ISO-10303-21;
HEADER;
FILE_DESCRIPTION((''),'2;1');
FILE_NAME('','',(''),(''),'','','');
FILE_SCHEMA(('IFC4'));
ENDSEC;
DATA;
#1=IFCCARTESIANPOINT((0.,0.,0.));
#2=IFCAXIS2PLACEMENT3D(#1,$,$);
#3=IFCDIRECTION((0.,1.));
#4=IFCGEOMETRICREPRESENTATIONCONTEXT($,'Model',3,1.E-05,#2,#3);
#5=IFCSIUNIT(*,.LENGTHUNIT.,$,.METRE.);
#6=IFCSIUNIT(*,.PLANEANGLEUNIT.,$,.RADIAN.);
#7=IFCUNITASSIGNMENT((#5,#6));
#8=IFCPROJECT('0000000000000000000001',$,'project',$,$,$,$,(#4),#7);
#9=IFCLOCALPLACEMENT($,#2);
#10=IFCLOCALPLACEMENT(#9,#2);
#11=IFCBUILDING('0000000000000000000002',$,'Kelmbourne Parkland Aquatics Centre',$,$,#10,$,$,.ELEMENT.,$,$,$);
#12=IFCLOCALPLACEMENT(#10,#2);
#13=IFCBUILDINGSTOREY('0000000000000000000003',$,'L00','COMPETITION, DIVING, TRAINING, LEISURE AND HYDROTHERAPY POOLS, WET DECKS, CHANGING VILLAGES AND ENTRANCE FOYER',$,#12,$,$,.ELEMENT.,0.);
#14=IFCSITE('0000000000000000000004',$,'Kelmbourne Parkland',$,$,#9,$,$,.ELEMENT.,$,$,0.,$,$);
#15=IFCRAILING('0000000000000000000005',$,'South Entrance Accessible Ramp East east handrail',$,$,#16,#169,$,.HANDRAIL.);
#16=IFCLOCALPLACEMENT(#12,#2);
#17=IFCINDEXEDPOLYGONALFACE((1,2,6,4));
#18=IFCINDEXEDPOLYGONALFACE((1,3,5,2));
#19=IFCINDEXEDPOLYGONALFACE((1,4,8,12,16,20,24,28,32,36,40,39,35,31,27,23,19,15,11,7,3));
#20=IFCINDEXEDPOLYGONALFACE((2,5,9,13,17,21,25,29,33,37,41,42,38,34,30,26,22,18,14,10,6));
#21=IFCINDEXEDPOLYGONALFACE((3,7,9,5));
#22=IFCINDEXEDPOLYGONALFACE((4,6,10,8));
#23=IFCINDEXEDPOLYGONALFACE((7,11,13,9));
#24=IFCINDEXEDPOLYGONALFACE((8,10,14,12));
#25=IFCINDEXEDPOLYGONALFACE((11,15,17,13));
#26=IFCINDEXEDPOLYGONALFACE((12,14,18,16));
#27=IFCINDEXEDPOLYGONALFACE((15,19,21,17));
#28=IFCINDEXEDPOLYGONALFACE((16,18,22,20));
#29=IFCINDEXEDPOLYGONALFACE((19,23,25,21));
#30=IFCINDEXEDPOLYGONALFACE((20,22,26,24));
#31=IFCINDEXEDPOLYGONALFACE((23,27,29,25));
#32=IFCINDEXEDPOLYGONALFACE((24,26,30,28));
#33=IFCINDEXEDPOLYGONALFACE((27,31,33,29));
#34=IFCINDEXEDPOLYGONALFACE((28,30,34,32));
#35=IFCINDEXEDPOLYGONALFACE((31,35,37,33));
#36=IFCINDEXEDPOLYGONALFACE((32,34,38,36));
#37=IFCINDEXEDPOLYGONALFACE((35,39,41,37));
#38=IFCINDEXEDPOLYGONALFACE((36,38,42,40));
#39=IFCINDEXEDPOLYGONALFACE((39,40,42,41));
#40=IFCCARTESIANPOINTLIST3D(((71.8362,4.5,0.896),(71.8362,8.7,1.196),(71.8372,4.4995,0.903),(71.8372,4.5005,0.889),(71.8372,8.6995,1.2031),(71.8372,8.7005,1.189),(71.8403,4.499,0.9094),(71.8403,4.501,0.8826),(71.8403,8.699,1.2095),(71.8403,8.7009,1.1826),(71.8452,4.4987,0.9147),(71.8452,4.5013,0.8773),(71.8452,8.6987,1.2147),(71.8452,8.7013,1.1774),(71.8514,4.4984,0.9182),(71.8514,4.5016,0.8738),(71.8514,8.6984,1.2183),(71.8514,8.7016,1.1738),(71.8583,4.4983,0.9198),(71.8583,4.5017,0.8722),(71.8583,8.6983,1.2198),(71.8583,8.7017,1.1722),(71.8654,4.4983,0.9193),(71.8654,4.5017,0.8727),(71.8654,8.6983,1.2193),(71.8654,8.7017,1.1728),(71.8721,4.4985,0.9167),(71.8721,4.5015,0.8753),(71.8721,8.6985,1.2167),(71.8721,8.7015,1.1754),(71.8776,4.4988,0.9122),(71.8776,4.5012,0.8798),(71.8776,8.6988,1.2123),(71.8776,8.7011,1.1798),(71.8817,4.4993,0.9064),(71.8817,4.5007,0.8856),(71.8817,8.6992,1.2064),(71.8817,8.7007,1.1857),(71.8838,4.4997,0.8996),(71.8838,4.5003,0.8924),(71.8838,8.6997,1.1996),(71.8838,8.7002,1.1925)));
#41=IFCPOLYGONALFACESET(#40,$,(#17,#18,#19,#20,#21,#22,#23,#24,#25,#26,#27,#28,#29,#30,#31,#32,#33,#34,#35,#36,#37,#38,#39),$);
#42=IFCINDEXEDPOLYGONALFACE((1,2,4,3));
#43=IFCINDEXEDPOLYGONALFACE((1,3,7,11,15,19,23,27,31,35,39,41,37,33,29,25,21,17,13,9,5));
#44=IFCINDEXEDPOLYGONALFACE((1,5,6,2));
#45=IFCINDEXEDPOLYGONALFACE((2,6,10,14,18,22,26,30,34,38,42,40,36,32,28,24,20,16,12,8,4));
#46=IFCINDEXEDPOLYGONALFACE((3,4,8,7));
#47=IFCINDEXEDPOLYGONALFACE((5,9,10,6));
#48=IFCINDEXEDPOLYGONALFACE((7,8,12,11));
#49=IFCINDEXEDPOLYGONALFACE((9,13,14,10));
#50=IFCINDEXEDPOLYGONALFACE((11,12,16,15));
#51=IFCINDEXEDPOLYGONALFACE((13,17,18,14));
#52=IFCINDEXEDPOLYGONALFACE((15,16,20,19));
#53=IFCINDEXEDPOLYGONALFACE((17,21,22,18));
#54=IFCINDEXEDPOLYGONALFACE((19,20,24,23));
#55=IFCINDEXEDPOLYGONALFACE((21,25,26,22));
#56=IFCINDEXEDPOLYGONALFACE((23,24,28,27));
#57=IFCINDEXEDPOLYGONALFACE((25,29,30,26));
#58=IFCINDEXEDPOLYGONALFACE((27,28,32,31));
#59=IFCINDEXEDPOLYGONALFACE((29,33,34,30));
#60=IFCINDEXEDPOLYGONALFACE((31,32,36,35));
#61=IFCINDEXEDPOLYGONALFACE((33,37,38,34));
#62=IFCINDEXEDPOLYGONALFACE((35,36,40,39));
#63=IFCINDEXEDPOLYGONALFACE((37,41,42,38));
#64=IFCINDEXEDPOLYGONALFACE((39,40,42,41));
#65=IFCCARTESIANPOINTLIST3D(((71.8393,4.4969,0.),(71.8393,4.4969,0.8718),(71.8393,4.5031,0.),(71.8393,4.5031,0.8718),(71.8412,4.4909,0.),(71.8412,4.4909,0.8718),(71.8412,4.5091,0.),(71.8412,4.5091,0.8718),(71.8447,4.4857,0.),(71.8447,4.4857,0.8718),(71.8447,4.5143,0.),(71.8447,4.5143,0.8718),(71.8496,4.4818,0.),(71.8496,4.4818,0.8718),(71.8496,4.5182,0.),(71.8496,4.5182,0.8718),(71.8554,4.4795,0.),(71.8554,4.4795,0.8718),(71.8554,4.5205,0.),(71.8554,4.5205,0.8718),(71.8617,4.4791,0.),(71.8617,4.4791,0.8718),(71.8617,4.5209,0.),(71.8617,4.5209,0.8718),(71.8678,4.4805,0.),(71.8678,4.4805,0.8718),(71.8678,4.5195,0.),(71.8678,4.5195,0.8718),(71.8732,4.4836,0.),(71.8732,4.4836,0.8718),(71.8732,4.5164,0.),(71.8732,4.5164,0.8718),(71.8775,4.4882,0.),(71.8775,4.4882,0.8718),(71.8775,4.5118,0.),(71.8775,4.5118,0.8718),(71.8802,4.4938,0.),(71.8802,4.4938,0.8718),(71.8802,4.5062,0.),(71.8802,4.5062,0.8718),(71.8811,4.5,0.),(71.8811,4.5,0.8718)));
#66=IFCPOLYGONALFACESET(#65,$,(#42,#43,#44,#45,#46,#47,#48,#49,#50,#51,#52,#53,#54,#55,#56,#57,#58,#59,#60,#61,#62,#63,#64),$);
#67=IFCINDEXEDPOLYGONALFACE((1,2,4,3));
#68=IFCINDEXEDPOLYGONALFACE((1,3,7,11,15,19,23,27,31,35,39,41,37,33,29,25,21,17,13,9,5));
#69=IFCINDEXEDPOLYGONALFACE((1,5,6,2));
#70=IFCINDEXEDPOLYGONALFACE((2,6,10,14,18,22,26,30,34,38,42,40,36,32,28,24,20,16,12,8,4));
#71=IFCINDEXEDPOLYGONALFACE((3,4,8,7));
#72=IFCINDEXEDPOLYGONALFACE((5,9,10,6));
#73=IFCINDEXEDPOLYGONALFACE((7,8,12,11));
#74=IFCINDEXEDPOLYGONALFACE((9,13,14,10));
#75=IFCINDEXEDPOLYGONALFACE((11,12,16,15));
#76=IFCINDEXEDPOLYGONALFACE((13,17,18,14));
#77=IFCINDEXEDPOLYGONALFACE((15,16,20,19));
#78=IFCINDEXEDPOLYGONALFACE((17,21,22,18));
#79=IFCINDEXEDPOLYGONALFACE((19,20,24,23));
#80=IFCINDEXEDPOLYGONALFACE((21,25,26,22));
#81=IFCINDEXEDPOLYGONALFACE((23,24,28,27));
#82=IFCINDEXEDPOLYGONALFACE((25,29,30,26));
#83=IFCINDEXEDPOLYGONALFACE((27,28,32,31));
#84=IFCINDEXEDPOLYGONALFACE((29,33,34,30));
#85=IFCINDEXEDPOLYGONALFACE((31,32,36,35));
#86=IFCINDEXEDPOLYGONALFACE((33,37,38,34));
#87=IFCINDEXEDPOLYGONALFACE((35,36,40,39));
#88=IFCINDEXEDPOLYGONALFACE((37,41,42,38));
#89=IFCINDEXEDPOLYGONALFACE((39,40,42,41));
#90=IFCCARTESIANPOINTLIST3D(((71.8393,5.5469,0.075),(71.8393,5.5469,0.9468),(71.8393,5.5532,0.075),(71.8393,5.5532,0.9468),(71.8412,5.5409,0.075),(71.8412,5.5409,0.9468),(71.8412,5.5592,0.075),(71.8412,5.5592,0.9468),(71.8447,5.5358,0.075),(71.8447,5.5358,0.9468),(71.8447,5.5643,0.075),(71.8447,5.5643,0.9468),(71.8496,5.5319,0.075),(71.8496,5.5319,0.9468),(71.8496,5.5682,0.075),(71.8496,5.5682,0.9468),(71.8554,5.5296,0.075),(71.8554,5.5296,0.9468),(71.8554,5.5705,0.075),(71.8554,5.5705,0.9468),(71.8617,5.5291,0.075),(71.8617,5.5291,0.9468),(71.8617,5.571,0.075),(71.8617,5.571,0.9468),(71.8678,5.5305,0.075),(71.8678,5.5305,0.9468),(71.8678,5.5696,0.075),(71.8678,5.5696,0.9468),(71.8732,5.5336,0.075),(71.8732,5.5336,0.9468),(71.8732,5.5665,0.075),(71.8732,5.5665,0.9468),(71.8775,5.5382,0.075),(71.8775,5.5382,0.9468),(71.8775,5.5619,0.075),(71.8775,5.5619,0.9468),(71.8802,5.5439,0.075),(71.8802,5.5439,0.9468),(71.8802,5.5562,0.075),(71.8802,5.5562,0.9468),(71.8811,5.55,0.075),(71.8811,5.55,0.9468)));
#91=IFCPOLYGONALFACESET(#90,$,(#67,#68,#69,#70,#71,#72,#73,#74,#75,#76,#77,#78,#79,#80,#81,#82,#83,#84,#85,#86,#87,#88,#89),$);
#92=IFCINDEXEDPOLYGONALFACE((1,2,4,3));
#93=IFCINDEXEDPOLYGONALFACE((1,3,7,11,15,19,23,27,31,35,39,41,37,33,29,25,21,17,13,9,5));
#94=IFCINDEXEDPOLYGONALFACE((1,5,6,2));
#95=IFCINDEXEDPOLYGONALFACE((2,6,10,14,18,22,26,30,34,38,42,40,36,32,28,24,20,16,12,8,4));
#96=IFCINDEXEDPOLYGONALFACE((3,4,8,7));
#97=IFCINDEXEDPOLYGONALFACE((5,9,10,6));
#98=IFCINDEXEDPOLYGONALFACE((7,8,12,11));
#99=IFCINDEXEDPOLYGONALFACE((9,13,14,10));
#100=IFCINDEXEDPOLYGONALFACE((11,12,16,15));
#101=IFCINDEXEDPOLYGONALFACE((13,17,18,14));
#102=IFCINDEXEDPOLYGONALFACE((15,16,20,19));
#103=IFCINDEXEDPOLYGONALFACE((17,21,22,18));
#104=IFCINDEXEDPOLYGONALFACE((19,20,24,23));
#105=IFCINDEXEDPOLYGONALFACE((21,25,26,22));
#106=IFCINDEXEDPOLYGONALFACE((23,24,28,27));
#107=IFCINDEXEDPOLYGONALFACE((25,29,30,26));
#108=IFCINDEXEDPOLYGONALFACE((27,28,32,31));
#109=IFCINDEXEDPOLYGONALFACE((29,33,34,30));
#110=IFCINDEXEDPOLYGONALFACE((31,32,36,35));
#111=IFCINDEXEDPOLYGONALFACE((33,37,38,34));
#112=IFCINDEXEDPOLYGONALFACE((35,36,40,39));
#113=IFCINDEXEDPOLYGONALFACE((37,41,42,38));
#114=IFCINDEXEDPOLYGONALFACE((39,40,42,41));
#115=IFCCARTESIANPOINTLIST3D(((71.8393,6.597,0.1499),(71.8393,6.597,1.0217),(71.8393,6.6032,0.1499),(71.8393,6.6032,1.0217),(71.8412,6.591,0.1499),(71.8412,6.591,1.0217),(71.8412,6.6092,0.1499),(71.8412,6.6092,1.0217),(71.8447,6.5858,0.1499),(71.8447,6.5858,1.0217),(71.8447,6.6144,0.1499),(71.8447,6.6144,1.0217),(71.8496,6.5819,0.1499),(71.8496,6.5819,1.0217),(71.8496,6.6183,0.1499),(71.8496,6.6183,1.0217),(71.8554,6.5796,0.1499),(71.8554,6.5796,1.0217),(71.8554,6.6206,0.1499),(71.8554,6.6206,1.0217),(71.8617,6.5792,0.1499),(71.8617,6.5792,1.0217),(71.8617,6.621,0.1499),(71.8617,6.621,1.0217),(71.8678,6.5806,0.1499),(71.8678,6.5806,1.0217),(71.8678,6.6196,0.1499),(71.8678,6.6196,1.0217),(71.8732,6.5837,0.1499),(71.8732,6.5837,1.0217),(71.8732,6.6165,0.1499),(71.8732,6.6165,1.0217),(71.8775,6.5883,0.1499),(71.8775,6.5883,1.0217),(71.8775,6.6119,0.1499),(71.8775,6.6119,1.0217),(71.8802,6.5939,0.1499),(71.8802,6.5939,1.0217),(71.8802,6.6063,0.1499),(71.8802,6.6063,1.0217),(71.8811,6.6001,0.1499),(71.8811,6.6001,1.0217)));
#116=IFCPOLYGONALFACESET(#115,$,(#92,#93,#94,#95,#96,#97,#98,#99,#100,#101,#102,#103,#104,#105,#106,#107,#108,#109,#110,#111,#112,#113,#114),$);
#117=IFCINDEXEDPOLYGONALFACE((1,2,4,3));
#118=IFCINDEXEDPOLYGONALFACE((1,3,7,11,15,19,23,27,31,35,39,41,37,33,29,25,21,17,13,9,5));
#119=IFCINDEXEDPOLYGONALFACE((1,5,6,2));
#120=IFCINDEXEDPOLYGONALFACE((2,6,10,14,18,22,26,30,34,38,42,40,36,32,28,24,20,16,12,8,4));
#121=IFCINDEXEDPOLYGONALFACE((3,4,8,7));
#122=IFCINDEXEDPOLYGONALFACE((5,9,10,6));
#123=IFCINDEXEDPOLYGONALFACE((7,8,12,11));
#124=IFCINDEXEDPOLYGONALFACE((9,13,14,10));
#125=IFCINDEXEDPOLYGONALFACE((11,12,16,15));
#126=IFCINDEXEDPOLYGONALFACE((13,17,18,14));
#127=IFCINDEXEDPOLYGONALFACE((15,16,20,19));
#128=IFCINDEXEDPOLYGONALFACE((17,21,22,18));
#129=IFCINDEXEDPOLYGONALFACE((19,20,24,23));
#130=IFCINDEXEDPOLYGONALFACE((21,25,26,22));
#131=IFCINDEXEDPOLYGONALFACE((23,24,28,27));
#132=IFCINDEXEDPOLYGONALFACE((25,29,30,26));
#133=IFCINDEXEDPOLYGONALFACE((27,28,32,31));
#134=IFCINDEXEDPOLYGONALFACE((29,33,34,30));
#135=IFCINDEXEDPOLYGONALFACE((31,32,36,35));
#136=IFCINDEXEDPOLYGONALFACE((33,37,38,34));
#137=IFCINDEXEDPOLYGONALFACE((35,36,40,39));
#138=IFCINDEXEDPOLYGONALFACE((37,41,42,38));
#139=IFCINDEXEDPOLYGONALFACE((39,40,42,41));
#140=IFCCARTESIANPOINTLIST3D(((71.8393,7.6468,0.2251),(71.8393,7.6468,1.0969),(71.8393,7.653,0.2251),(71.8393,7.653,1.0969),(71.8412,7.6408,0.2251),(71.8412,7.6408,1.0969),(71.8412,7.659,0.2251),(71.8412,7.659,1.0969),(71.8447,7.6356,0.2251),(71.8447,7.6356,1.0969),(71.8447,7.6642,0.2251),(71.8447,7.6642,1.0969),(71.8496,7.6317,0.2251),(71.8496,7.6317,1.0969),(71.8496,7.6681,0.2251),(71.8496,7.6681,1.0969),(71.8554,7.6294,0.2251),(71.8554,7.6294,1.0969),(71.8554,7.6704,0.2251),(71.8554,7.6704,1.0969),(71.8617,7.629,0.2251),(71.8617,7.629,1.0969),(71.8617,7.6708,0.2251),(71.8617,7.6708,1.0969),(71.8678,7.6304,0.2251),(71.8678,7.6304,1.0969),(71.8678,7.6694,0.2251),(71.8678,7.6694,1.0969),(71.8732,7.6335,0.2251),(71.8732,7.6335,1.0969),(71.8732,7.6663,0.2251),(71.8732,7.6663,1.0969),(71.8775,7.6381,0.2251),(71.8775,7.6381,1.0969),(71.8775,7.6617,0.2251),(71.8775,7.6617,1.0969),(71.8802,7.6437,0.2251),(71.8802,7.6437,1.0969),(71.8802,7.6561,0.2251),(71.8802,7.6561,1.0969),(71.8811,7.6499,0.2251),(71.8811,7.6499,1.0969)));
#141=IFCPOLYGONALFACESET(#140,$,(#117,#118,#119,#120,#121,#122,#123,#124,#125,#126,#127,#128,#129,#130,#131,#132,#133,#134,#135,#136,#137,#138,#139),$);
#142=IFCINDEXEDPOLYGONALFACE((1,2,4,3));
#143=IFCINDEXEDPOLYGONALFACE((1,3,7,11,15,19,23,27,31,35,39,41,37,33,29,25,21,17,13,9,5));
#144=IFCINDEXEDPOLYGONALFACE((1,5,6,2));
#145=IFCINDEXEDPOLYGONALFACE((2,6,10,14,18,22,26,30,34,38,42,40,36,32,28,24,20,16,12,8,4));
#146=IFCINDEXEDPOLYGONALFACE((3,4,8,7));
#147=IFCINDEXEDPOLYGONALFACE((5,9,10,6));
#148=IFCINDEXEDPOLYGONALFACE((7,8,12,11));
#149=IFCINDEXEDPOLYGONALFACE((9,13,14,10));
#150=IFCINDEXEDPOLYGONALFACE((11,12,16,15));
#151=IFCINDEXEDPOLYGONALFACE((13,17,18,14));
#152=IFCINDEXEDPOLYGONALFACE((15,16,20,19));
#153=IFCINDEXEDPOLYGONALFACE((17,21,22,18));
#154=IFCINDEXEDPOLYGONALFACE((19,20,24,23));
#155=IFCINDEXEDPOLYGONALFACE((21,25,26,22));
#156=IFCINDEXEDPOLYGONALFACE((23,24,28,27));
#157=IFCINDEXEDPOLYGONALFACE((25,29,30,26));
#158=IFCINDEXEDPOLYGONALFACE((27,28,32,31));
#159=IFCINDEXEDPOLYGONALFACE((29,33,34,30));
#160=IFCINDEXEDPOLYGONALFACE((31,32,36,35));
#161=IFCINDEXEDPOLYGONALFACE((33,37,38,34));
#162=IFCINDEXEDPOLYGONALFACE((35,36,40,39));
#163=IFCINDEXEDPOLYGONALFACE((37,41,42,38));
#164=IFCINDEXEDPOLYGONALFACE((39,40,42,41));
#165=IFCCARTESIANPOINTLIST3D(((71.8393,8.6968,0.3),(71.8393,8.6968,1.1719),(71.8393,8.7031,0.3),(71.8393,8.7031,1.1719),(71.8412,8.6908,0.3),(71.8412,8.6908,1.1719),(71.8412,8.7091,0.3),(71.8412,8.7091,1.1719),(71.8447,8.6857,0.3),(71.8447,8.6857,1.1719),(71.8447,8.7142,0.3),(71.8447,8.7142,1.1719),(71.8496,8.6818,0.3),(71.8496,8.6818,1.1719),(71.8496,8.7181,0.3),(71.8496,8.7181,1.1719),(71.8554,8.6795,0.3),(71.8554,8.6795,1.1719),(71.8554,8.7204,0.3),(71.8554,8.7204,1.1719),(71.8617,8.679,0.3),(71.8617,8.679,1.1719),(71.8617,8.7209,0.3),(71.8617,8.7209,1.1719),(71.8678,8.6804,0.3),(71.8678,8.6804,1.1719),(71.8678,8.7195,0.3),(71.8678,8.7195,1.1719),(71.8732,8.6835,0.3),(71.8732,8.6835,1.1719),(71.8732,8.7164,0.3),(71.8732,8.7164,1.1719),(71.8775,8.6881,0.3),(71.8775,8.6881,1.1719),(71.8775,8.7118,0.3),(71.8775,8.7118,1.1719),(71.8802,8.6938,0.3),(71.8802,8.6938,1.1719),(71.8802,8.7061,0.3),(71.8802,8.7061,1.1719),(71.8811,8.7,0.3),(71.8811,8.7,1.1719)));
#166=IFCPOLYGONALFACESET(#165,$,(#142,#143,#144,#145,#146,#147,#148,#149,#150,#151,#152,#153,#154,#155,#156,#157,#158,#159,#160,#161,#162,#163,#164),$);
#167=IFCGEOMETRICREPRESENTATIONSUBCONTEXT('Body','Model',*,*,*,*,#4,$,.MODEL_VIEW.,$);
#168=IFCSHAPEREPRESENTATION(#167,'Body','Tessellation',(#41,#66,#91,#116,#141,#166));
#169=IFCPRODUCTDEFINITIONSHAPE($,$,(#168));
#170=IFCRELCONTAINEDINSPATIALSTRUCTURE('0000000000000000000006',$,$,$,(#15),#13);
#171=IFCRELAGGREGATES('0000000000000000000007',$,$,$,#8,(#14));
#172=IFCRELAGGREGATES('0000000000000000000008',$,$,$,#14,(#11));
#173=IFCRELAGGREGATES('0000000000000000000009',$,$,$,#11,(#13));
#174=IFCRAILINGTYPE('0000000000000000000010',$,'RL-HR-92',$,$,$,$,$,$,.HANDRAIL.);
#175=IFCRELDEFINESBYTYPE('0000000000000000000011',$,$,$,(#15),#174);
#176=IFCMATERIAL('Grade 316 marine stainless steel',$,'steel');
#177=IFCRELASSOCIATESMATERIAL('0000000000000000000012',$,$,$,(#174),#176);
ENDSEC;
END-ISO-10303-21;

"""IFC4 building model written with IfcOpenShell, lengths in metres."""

from ifc_helpers import new_model, si_unit, direction, frame, origin, origin_2d, place, context, subcontext, project, spatial, circle, extrude, material, type_object, element, save


model = new_model("IFC4")

# Units and contexts
model_context = context("Model", 3, precision=1e-05, world=origin(), true_north=direction((0.0, 1.0)))
body_context = subcontext(model_context, "Body", "Model", "MODEL_VIEW")
ifc_project = project(units=[si_unit("LENGTHUNIT", "METRE"), si_unit("PLANEANGLEUNIT", "RADIAN")], contexts=[model_context])

# Site, building, storey
site_placement = place(None, origin())
site = spatial("IfcSite", under=ifc_project, at=site_placement, Name="Kelmbourne Parkland", CompositionType="ELEMENT", RefElevation=0.0)
building_placement = place(site_placement, origin())
building = spatial("IfcBuilding", under=site, at=building_placement, Name="Kelmbourne Parkland Aquatics Centre", CompositionType="ELEMENT")
storey_placement = place(building_placement, origin())
storey = spatial("IfcBuildingStorey", under=building, at=storey_placement, Name="L00", Description="COMPETITION, DIVING, TRAINING, LEISURE AND HYDROTHERAPY POOLS, WET DECKS, CHANGING VILLAGES AND ENTRANCE FOYER", CompositionType="ELEMENT", Elevation=0.0)

# Railing
ifc_material_1 = material(Name="Grade 316 marine stainless steel", Category="steel")
railing_type_1 = type_object("IfcRailingType", Name="RL-HR-92", PredefinedType="HANDRAIL", material=ifc_material_1)
railing_1_placement = place(storey_placement, frame((71.8601, 4.5, 0.0)))
element("IfcRailing", 1, at=railing_1_placement, inside=storey, type_object=railing_type_1, Name="South Entrance Accessible Ramp East east handrail", PredefinedType="HANDRAIL", context=body_context, shape_type="SweptSolid", body=[
    extrude(circle(Radius=0.0239, at=origin_2d()), frame((0.0, 0.0, 0.896), z_axis=(0.0, 0.997458, 0.071259), x_axis=(-1.0, 0.0, 0.0)), (0.0, 0.0, 1.0), 4.2107),
    extrude(circle(Radius=0.021, at=origin_2d()), origin(), (0.0, 0.0, 1.0), 0.8718),
    extrude(circle(Radius=0.021, at=origin_2d()), frame((0.0, 1.05, 0.075)), (0.0, 0.0, 1.0), 0.8718),
    extrude(circle(Radius=0.021, at=origin_2d()), frame((0.0, 2.1001, 0.1499)), (0.0, 0.0, 1.0), 0.8718),
    extrude(circle(Radius=0.021, at=origin_2d()), frame((0.0, 3.1499, 0.2251)), (0.0, 0.0, 1.0), 0.8718),
    extrude(circle(Radius=0.021, at=origin_2d()), frame((0.0, 4.2, 0.3)), (0.0, 0.0, 1.0), 0.8718),
])

save(model, "model.ifc")
